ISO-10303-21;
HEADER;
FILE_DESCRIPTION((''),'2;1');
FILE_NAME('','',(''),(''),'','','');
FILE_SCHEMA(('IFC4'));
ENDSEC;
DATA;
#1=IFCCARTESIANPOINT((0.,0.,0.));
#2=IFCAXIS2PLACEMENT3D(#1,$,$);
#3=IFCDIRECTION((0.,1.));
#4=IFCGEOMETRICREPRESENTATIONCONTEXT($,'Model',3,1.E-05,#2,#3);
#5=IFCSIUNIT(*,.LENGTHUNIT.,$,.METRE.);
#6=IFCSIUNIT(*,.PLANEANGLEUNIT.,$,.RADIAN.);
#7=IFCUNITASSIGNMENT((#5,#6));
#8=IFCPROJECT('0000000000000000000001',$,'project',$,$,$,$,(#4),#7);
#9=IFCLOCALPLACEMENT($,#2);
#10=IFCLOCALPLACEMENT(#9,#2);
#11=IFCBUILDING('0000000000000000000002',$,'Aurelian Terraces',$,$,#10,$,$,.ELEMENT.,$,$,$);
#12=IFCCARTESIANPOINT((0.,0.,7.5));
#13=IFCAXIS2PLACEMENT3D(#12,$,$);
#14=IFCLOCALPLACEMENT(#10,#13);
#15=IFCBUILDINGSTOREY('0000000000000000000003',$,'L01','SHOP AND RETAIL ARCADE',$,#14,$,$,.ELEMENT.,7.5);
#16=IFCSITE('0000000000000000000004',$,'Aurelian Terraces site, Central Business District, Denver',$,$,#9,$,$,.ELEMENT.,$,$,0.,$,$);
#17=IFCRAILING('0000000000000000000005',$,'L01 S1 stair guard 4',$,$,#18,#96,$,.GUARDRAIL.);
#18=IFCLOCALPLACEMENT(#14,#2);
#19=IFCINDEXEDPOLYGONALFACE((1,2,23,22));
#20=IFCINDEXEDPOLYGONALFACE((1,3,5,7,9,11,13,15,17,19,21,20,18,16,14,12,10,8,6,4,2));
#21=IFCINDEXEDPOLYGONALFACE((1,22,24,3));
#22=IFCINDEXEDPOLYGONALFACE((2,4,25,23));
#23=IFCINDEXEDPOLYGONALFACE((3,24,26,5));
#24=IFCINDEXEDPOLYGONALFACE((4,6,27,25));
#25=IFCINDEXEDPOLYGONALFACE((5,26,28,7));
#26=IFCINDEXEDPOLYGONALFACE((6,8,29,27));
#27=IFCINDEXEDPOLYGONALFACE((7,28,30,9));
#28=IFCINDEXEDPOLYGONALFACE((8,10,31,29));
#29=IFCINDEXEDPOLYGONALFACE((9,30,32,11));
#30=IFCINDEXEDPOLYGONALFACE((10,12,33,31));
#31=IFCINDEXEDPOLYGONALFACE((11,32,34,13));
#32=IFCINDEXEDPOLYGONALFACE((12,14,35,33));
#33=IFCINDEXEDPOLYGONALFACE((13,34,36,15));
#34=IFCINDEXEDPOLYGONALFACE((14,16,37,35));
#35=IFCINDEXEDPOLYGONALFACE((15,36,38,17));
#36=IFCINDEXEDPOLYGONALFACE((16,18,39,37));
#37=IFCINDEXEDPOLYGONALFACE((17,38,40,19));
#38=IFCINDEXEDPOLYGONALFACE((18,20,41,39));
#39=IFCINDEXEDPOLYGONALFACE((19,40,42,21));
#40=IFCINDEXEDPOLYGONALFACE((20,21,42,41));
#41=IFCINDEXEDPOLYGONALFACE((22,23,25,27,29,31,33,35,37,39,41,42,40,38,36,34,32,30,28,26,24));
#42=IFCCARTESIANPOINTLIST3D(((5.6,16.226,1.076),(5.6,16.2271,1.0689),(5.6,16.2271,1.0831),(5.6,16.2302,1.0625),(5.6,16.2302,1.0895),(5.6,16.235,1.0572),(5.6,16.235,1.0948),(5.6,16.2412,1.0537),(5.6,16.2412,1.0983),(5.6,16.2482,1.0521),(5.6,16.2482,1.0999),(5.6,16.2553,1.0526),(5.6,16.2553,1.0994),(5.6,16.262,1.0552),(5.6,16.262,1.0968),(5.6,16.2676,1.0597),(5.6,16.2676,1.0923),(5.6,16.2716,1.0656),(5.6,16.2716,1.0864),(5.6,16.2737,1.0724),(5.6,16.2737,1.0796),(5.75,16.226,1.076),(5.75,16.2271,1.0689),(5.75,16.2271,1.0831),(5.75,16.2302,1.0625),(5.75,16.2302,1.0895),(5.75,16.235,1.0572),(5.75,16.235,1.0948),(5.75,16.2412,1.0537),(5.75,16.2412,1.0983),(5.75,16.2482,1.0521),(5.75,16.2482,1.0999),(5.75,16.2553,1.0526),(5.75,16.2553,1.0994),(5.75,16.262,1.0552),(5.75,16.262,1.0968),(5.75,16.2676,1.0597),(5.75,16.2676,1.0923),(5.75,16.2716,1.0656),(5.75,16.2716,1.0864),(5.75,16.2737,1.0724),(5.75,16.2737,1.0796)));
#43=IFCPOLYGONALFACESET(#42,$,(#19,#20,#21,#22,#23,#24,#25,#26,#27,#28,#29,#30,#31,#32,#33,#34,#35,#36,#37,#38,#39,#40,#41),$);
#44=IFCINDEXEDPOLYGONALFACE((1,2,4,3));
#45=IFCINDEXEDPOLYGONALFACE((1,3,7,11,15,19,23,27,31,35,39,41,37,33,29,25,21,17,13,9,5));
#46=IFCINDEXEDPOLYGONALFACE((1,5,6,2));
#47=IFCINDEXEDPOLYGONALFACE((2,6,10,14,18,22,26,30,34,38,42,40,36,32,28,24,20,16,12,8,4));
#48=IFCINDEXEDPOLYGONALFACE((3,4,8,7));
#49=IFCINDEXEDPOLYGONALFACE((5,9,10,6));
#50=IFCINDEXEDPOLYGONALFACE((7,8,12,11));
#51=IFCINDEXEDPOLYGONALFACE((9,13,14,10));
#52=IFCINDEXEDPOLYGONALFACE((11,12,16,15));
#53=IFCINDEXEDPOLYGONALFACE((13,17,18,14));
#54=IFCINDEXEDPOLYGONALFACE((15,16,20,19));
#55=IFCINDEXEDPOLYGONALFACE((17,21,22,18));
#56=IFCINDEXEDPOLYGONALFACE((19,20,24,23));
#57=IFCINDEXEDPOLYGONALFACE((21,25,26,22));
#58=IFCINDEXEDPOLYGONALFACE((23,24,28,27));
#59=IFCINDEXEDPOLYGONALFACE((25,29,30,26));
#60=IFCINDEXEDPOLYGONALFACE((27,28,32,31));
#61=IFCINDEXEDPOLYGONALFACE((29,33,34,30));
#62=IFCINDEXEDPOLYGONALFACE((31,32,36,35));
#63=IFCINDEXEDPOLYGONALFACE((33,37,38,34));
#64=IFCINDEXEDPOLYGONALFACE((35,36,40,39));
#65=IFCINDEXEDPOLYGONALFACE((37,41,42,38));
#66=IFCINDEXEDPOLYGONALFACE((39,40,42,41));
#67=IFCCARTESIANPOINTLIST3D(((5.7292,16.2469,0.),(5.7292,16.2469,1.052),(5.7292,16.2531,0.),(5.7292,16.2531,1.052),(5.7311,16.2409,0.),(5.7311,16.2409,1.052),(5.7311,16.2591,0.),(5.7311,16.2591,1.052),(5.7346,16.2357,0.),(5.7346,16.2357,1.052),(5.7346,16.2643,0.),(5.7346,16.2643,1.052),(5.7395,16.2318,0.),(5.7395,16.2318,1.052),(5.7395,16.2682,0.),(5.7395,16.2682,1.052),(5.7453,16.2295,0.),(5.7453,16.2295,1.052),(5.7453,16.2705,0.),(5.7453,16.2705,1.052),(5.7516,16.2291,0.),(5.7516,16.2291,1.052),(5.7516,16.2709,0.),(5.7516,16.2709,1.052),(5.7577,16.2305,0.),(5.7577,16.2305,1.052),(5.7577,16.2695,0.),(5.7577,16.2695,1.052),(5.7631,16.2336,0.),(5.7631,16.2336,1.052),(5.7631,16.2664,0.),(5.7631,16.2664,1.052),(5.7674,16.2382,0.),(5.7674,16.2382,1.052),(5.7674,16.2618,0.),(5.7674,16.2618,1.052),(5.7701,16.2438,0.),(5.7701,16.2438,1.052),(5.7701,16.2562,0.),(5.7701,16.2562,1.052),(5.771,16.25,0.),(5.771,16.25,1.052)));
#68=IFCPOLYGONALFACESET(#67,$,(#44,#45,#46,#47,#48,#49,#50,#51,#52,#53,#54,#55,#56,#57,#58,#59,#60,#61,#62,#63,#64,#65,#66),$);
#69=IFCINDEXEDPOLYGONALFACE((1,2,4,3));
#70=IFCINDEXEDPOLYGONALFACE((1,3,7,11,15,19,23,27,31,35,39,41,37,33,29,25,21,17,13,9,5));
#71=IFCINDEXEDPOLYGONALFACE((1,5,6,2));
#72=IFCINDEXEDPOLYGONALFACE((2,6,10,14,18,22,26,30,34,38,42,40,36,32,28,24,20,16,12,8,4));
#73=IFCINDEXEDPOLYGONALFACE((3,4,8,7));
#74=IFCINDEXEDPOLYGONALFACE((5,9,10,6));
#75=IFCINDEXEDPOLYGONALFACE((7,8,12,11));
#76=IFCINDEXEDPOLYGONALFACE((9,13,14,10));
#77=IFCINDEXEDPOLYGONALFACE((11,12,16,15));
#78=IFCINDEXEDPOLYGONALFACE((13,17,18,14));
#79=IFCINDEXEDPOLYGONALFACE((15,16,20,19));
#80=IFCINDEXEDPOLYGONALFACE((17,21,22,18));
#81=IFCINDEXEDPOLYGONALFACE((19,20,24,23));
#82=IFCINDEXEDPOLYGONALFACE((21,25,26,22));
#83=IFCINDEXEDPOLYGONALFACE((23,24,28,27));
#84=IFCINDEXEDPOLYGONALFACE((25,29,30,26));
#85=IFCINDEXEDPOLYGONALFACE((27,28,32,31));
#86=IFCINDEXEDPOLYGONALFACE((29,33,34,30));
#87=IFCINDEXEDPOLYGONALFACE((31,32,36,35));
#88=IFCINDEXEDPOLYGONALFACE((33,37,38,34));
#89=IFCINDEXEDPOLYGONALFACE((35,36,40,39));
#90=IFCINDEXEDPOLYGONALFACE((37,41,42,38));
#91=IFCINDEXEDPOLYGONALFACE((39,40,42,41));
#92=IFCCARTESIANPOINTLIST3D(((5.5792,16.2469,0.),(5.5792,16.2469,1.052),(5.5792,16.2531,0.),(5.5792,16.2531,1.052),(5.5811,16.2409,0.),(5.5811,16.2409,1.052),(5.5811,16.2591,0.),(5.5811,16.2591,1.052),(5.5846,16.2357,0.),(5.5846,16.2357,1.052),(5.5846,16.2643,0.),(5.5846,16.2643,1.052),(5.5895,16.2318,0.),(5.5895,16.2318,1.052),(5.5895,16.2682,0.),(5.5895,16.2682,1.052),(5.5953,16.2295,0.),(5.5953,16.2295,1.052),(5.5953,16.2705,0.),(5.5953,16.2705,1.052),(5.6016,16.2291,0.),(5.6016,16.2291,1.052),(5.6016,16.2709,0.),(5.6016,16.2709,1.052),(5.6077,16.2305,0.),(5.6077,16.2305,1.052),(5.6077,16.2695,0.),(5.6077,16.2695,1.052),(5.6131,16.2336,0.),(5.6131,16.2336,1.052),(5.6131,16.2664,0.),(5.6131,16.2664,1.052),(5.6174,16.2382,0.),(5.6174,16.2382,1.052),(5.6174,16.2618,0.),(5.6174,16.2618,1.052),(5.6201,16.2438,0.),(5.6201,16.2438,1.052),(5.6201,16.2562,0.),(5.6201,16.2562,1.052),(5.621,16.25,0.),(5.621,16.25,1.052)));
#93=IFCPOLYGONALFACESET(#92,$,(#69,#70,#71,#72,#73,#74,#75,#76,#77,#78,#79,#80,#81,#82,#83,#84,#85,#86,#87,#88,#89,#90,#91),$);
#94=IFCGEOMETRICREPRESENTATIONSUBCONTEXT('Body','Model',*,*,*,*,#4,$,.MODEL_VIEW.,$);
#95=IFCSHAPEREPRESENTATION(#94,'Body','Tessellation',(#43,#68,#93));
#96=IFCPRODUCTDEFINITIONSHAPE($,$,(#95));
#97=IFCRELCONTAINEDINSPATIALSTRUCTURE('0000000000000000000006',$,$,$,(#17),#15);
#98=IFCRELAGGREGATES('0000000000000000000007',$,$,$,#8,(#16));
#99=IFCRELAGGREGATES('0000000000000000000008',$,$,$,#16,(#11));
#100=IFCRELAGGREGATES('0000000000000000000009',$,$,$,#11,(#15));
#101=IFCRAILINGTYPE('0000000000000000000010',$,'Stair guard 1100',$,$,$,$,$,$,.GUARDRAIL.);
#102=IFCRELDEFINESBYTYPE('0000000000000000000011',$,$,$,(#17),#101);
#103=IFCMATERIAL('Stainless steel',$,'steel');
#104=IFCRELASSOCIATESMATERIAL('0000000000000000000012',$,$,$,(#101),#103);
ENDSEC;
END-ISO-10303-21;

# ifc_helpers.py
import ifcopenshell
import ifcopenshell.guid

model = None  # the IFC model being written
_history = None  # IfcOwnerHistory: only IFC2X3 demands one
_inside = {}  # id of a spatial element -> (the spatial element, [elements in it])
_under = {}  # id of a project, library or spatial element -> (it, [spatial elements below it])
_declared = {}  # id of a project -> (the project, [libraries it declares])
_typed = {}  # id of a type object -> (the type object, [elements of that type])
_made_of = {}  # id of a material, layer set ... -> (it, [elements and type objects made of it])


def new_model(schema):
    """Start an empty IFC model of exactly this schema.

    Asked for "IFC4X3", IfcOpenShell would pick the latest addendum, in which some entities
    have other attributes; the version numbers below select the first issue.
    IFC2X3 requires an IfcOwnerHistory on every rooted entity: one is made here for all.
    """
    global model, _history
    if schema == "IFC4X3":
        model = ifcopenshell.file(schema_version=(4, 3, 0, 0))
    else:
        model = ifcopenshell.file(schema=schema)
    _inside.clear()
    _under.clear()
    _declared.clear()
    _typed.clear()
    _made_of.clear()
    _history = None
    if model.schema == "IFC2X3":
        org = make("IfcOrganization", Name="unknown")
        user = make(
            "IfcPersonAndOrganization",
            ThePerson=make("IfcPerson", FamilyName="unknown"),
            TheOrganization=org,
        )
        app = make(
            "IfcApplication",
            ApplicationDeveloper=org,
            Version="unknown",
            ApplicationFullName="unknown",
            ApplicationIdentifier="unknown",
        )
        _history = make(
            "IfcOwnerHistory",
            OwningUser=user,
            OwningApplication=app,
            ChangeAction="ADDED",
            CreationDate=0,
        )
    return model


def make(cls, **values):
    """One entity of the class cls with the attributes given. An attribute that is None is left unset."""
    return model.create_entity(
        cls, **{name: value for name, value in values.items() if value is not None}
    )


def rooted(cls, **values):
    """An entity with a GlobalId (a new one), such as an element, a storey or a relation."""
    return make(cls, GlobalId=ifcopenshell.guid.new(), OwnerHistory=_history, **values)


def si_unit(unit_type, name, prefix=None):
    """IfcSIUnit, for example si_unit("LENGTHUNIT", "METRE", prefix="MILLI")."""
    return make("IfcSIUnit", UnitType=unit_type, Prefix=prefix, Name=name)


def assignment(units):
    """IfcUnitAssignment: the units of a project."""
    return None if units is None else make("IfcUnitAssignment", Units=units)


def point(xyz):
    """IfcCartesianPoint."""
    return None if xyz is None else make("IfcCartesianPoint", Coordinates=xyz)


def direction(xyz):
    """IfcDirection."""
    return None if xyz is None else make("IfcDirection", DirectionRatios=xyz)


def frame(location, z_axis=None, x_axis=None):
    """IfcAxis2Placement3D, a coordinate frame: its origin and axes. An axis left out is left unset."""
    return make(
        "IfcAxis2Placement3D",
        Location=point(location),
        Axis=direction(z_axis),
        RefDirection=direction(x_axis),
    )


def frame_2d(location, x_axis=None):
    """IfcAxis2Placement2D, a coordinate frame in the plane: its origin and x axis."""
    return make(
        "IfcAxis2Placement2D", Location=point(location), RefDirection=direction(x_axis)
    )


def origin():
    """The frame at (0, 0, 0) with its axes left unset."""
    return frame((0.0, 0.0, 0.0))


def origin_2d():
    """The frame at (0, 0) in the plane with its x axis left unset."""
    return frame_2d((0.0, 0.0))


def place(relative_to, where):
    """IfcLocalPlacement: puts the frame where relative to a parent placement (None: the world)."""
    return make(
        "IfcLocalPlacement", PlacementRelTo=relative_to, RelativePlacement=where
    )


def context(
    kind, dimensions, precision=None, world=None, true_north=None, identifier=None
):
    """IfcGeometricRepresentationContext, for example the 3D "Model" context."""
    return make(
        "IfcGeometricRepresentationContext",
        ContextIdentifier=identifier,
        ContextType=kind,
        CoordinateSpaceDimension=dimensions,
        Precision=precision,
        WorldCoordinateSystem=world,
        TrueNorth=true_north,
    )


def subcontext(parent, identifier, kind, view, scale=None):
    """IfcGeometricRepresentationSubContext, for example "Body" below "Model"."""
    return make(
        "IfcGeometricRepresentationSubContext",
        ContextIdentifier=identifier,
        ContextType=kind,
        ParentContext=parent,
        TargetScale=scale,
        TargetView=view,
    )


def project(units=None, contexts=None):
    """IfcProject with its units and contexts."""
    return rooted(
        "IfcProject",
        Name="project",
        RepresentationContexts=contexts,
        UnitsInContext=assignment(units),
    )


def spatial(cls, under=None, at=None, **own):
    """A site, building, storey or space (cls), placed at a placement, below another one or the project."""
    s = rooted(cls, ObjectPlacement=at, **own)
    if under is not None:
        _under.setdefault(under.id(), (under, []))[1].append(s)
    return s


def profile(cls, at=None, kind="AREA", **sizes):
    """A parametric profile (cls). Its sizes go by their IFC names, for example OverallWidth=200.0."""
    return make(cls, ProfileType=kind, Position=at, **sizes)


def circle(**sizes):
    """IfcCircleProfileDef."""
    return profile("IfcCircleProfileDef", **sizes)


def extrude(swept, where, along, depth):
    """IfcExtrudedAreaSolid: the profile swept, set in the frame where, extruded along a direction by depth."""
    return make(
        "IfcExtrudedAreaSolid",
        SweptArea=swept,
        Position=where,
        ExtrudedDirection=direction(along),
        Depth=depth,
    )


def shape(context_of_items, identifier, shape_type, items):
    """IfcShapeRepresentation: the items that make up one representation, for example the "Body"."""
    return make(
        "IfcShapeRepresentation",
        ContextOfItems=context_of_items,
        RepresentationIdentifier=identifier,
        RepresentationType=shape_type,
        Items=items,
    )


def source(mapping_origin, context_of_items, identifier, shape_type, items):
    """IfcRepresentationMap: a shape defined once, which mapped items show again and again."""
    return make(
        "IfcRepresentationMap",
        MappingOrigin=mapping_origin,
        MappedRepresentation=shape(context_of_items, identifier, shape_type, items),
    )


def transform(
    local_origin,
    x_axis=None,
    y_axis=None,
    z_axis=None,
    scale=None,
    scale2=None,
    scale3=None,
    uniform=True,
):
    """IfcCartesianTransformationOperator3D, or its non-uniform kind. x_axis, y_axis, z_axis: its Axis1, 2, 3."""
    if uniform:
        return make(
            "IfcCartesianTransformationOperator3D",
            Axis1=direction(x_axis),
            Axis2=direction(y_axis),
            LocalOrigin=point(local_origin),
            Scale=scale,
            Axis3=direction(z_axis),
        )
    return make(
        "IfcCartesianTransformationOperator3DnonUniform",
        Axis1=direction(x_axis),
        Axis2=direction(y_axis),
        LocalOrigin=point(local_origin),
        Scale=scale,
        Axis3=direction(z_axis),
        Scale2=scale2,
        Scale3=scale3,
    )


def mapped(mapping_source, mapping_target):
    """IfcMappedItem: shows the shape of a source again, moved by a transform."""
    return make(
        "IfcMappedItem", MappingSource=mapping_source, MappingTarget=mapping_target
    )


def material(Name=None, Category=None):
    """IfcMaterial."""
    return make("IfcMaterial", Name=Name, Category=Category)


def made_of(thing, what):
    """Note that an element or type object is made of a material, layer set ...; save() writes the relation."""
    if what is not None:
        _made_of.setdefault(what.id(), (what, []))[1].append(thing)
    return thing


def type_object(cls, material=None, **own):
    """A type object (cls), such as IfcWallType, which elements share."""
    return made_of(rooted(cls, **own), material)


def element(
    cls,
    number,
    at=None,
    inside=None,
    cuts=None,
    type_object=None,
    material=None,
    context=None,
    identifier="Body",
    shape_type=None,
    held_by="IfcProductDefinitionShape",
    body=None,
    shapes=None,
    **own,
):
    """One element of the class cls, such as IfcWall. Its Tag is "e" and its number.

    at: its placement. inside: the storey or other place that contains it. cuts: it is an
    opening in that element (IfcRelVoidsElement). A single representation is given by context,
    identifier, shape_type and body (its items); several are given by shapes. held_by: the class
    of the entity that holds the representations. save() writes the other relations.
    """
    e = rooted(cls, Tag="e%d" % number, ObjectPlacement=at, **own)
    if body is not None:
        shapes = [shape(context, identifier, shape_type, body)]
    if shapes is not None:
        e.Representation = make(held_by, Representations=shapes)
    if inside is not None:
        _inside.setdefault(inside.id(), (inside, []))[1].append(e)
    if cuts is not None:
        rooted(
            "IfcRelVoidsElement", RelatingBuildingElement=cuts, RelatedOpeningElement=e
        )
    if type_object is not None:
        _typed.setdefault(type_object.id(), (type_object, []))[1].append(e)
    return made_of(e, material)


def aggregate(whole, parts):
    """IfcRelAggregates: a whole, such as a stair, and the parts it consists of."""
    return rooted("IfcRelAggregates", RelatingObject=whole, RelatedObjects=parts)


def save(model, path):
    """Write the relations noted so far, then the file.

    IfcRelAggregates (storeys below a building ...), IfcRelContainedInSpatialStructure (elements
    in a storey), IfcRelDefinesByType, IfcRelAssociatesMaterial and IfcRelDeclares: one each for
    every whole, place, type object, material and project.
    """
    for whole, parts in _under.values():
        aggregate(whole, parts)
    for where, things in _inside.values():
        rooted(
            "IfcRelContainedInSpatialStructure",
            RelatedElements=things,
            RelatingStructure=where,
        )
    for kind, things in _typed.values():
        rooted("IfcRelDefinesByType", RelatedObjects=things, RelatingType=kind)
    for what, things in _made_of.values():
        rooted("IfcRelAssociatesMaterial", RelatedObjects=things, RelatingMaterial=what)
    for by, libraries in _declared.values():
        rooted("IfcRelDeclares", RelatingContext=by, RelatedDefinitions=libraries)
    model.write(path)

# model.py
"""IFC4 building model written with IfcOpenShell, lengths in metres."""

from ifc_helpers import new_model, si_unit, direction, frame, origin, origin_2d, place, context, subcontext, project, spatial, circle, extrude, source, transform, mapped, material, type_object, element, save


model = new_model("IFC4")

# Units and contexts
model_context = context("Model", 3, precision=1e-05, world=origin(), true_north=direction((0.0, 1.0)))
body_context = subcontext(model_context, "Body", "Model", "MODEL_VIEW")
ifc_project = project(units=[si_unit("LENGTHUNIT", "METRE"), si_unit("PLANEANGLEUNIT", "RADIAN")], contexts=[model_context])

# Site, building, storey
site_placement = place(None, origin())
site = spatial("IfcSite", under=ifc_project, at=site_placement, Name="Aurelian Terraces site, Central Business District, Denver", CompositionType="ELEMENT", RefElevation=0.0)
building_placement = place(site_placement, origin())
building = spatial("IfcBuilding", under=site, at=building_placement, Name="Aurelian Terraces", CompositionType="ELEMENT")
storey_placement = place(building_placement, frame((0.0, 0.0, 7.5)))
storey = spatial("IfcBuildingStorey", under=building, at=storey_placement, Name="L01", Description="SHOP AND RETAIL ARCADE", CompositionType="ELEMENT", Elevation=7.5)

# Shared definitions
ifc_material_1 = material(Name="Stainless steel", Category="steel")

# Railing
railing_type_1 = type_object("IfcRailingType", Name="Stair guard 1100", PredefinedType="GUARDRAIL", material=ifc_material_1)
shared_shape_1 = source(origin(), body_context, "Body", "SweptSolid", [
    extrude(circle(Radius=0.024, at=origin_2d()), frame((0.0, 0.0, 1.076), z_axis=(-1.0, 0.0, 0.0), x_axis=(0.0, -1.0, 0.0)), (0.0, 0.0, 1.0), 0.15),
    extrude(circle(Radius=0.021, at=origin_2d()), origin(), (0.0, 0.0, 1.0), 1.052),
    extrude(circle(Radius=0.021, at=origin_2d()), frame((-0.15, 0.0, 0.0)), (0.0, 0.0, 1.0), 1.052),
])
railing_1_placement = place(storey_placement, frame((5.75, 16.25, 0.0)))
element("IfcRailing", 1, at=railing_1_placement, inside=storey, type_object=railing_type_1, Name="L01 S1 stair guard 4", PredefinedType="GUARDRAIL", context=body_context, shape_type="MappedRepresentation", body=[
    mapped(shared_shape_1, transform((0.0, 0.0, 0.0), scale=1.0)),
])

save(model, "model.ifc")
